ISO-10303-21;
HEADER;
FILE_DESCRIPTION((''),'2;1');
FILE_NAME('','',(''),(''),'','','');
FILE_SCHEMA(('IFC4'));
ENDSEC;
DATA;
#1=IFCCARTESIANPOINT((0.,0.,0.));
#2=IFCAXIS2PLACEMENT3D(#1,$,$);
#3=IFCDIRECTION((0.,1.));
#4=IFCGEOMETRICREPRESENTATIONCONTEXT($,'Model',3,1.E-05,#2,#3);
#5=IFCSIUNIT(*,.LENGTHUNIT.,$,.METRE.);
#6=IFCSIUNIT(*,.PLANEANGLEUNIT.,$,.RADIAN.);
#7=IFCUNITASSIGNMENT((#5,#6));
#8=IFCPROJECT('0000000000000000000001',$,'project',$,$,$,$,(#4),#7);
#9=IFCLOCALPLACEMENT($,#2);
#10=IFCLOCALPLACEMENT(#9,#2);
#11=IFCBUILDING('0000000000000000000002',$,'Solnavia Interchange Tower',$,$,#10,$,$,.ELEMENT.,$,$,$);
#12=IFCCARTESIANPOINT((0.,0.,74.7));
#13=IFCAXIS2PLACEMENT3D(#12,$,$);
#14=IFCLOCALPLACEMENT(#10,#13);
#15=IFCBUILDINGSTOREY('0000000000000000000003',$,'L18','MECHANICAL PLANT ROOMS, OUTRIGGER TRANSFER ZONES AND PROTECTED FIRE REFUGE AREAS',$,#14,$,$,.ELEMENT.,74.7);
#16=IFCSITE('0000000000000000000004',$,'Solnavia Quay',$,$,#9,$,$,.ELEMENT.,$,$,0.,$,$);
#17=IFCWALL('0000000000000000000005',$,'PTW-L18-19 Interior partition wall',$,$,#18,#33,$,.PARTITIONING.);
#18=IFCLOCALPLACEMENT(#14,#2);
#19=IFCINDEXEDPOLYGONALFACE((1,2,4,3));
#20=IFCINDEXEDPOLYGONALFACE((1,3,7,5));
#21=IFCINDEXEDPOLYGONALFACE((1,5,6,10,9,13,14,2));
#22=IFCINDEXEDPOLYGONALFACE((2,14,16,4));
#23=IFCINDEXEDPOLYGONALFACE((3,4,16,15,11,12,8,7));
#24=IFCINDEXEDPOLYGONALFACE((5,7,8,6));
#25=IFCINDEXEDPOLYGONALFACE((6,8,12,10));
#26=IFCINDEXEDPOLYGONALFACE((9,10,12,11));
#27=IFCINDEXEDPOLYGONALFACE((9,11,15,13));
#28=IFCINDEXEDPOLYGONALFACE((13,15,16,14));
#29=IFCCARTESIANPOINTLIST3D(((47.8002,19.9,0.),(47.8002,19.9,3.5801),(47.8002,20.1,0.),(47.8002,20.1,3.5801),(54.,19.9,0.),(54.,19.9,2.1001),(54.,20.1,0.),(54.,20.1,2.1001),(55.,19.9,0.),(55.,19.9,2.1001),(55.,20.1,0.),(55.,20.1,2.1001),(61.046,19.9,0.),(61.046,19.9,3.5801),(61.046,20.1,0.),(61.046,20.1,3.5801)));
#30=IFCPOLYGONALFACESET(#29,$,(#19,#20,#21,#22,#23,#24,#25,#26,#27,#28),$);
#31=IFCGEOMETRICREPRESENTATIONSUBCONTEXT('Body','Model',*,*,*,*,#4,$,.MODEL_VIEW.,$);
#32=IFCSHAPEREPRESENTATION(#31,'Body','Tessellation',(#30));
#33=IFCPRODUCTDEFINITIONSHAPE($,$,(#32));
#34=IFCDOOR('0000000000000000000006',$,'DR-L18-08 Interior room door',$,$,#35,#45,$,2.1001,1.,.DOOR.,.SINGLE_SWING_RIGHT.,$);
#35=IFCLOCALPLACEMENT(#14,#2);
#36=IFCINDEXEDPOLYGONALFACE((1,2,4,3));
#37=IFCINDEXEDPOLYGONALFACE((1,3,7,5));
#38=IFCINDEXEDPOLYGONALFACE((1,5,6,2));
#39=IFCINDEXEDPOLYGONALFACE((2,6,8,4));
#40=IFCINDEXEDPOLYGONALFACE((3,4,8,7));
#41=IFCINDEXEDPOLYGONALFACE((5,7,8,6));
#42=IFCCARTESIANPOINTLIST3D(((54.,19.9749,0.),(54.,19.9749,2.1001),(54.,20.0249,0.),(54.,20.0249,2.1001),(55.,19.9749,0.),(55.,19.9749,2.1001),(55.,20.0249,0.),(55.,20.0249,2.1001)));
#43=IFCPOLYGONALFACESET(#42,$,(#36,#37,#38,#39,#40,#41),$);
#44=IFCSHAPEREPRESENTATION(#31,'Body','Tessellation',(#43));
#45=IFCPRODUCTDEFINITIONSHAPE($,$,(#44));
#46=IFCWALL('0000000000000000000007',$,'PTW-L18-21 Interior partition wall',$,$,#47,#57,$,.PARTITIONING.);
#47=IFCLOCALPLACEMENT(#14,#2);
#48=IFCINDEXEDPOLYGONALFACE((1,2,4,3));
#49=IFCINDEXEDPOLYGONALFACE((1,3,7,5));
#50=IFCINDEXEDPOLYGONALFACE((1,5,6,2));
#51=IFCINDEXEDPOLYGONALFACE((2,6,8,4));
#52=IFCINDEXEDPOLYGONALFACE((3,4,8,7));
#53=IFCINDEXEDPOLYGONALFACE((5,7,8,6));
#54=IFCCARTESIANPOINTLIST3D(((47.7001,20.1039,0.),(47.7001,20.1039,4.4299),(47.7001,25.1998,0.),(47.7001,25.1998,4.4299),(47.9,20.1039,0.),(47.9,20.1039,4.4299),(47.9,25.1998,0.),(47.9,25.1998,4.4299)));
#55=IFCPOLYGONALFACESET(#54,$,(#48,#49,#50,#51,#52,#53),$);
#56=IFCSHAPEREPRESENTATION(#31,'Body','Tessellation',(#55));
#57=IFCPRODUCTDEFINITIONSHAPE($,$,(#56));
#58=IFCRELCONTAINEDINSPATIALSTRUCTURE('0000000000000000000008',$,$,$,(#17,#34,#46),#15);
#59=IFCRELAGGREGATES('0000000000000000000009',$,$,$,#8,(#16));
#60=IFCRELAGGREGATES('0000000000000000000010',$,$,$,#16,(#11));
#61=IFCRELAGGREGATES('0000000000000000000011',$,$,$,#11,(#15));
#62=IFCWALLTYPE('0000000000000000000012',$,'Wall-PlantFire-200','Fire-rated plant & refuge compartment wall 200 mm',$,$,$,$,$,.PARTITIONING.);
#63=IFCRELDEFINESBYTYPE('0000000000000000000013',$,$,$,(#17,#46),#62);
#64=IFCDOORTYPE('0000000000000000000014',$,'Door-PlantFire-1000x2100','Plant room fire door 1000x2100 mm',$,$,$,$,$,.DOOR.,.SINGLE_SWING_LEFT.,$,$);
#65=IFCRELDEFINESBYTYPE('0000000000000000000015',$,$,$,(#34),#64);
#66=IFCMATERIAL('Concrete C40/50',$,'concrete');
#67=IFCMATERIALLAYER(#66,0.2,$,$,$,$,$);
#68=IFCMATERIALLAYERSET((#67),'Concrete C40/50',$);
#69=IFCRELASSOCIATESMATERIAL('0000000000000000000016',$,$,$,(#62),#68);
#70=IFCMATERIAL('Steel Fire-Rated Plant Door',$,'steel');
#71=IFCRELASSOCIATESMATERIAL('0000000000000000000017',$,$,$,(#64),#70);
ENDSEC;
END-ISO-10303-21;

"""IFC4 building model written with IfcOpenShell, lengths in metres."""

from ifc_helpers import new_model, si_unit, direction, frame, frame_2d, origin, place, context, subcontext, project, spatial, rectangle, extrude, material, layer, layer_set, type_object, element, fill, save


model = new_model("IFC4")

# Units and contexts
model_context = context("Model", 3, precision=1e-05, world=origin(), true_north=direction((0.0, 1.0)))
body_context = subcontext(model_context, "Body", "Model", "MODEL_VIEW")
ifc_project = project(units=[si_unit("LENGTHUNIT", "METRE"), si_unit("PLANEANGLEUNIT", "RADIAN")], contexts=[model_context])

# Site, building, storey
site_placement = place(None, origin())
site = spatial("IfcSite", under=ifc_project, at=site_placement, Name="Solnavia Quay", CompositionType="ELEMENT", RefElevation=0.0)
building_placement = place(site_placement, origin())
building = spatial("IfcBuilding", under=site, at=building_placement, Name="Solnavia Interchange Tower", CompositionType="ELEMENT")
storey_placement = place(building_placement, frame((0.0, 0.0, 74.7)))
storey = spatial("IfcBuildingStorey", under=building, at=storey_placement, Name="L18", Description="MECHANICAL PLANT ROOMS, OUTRIGGER TRANSFER ZONES AND PROTECTED FIRE REFUGE AREAS", CompositionType="ELEMENT", Elevation=74.7)

# Shared definitions
ifc_material_1 = material(Name="Concrete C40/50", Category="concrete")

# Wall, opening, door
ifc_layer_1 = layer(ifc_material_1, 0.2)
ifc_layer_set_1 = layer_set([ifc_layer_1], Name="Concrete C40/50")
wall_type_1 = type_object("IfcWallType", Name="Wall-PlantFire-200", Description="Fire-rated plant & refuge compartment wall 200 mm", PredefinedType="PARTITIONING", material=ifc_layer_set_1)
wall_1_placement = place(storey_placement, frame((47.8, 20.0, 0.0), z_axis=(0.0, 0.0, 1.0), x_axis=(1.0, 0.0, 0.0)))
wall_1 = element("IfcWall", 1, at=wall_1_placement, inside=storey, type_object=wall_type_1, Name="PTW-L18-19 Interior partition wall", PredefinedType="PARTITIONING", context=body_context, shape_type="SweptSolid", body=[
    extrude(rectangle(XDim=13.2458, YDim=0.2, at=frame_2d((6.623, 0.0))), origin(), (0.0, 0.0, 1.0), 3.5801),
])
opening_placement = place(wall_1_placement, frame((6.2, 0.0, 0.0)))
opening = element("IfcOpeningElement", 2, at=opening_placement, cuts=wall_1, PredefinedType="OPENING", context=body_context, shape_type="SweptSolid", body=[
    extrude(rectangle(XDim=1.0, YDim=2.1001, at=frame_2d((0.5, 1.05))), frame((0.0, 0.1099, 0.0), z_axis=(0.0, -1.0, 0.0), x_axis=(1.0, 0.0, 0.0)), (0.0, 0.0, 1.0), 0.22),
])
ifc_material_2 = material(Name="Steel Fire-Rated Plant Door", Category="steel")
door_type = type_object("IfcDoorType", Name="Door-PlantFire-1000x2100", Description="Plant room fire door 1000x2100 mm", OperationType="SINGLE_SWING_LEFT", PredefinedType="DOOR", material=ifc_material_2)
door_placement = place(opening_placement, origin())
door = element("IfcDoor", 3, at=door_placement, inside=storey, type_object=door_type, Name="DR-L18-08 Interior room door", OperationType="SINGLE_SWING_RIGHT", OverallHeight=2.1001, OverallWidth=1.0, PredefinedType="DOOR", context=body_context, shape_type="SweptSolid", body=[
    extrude(rectangle(XDim=1.0, YDim=2.1001, at=frame_2d((0.5, 1.05))), frame((0.0, 0.0249, 0.0), z_axis=(0.0, -1.0, 0.0), x_axis=(1.0, 0.0, 0.0)), (0.0, 0.0, 1.0), 0.05),
])
fill(opening, door)

# Wall
wall_2_placement = place(storey_placement, frame((47.8, 20.104, 0.0), z_axis=(0.0, 0.0, 1.0), x_axis=(0.0, 1.0, 0.0)))
element("IfcWall", 4, at=wall_2_placement, inside=storey, type_object=wall_type_1, Name="PTW-L18-21 Interior partition wall", PredefinedType="PARTITIONING", context=body_context, shape_type="SweptSolid", body=[
    extrude(rectangle(XDim=5.0959, YDim=0.2, at=frame_2d((2.5479, 0.0))), origin(), (0.0, 0.0, 1.0), 4.4299),
])

save(model, "model.ifc")
